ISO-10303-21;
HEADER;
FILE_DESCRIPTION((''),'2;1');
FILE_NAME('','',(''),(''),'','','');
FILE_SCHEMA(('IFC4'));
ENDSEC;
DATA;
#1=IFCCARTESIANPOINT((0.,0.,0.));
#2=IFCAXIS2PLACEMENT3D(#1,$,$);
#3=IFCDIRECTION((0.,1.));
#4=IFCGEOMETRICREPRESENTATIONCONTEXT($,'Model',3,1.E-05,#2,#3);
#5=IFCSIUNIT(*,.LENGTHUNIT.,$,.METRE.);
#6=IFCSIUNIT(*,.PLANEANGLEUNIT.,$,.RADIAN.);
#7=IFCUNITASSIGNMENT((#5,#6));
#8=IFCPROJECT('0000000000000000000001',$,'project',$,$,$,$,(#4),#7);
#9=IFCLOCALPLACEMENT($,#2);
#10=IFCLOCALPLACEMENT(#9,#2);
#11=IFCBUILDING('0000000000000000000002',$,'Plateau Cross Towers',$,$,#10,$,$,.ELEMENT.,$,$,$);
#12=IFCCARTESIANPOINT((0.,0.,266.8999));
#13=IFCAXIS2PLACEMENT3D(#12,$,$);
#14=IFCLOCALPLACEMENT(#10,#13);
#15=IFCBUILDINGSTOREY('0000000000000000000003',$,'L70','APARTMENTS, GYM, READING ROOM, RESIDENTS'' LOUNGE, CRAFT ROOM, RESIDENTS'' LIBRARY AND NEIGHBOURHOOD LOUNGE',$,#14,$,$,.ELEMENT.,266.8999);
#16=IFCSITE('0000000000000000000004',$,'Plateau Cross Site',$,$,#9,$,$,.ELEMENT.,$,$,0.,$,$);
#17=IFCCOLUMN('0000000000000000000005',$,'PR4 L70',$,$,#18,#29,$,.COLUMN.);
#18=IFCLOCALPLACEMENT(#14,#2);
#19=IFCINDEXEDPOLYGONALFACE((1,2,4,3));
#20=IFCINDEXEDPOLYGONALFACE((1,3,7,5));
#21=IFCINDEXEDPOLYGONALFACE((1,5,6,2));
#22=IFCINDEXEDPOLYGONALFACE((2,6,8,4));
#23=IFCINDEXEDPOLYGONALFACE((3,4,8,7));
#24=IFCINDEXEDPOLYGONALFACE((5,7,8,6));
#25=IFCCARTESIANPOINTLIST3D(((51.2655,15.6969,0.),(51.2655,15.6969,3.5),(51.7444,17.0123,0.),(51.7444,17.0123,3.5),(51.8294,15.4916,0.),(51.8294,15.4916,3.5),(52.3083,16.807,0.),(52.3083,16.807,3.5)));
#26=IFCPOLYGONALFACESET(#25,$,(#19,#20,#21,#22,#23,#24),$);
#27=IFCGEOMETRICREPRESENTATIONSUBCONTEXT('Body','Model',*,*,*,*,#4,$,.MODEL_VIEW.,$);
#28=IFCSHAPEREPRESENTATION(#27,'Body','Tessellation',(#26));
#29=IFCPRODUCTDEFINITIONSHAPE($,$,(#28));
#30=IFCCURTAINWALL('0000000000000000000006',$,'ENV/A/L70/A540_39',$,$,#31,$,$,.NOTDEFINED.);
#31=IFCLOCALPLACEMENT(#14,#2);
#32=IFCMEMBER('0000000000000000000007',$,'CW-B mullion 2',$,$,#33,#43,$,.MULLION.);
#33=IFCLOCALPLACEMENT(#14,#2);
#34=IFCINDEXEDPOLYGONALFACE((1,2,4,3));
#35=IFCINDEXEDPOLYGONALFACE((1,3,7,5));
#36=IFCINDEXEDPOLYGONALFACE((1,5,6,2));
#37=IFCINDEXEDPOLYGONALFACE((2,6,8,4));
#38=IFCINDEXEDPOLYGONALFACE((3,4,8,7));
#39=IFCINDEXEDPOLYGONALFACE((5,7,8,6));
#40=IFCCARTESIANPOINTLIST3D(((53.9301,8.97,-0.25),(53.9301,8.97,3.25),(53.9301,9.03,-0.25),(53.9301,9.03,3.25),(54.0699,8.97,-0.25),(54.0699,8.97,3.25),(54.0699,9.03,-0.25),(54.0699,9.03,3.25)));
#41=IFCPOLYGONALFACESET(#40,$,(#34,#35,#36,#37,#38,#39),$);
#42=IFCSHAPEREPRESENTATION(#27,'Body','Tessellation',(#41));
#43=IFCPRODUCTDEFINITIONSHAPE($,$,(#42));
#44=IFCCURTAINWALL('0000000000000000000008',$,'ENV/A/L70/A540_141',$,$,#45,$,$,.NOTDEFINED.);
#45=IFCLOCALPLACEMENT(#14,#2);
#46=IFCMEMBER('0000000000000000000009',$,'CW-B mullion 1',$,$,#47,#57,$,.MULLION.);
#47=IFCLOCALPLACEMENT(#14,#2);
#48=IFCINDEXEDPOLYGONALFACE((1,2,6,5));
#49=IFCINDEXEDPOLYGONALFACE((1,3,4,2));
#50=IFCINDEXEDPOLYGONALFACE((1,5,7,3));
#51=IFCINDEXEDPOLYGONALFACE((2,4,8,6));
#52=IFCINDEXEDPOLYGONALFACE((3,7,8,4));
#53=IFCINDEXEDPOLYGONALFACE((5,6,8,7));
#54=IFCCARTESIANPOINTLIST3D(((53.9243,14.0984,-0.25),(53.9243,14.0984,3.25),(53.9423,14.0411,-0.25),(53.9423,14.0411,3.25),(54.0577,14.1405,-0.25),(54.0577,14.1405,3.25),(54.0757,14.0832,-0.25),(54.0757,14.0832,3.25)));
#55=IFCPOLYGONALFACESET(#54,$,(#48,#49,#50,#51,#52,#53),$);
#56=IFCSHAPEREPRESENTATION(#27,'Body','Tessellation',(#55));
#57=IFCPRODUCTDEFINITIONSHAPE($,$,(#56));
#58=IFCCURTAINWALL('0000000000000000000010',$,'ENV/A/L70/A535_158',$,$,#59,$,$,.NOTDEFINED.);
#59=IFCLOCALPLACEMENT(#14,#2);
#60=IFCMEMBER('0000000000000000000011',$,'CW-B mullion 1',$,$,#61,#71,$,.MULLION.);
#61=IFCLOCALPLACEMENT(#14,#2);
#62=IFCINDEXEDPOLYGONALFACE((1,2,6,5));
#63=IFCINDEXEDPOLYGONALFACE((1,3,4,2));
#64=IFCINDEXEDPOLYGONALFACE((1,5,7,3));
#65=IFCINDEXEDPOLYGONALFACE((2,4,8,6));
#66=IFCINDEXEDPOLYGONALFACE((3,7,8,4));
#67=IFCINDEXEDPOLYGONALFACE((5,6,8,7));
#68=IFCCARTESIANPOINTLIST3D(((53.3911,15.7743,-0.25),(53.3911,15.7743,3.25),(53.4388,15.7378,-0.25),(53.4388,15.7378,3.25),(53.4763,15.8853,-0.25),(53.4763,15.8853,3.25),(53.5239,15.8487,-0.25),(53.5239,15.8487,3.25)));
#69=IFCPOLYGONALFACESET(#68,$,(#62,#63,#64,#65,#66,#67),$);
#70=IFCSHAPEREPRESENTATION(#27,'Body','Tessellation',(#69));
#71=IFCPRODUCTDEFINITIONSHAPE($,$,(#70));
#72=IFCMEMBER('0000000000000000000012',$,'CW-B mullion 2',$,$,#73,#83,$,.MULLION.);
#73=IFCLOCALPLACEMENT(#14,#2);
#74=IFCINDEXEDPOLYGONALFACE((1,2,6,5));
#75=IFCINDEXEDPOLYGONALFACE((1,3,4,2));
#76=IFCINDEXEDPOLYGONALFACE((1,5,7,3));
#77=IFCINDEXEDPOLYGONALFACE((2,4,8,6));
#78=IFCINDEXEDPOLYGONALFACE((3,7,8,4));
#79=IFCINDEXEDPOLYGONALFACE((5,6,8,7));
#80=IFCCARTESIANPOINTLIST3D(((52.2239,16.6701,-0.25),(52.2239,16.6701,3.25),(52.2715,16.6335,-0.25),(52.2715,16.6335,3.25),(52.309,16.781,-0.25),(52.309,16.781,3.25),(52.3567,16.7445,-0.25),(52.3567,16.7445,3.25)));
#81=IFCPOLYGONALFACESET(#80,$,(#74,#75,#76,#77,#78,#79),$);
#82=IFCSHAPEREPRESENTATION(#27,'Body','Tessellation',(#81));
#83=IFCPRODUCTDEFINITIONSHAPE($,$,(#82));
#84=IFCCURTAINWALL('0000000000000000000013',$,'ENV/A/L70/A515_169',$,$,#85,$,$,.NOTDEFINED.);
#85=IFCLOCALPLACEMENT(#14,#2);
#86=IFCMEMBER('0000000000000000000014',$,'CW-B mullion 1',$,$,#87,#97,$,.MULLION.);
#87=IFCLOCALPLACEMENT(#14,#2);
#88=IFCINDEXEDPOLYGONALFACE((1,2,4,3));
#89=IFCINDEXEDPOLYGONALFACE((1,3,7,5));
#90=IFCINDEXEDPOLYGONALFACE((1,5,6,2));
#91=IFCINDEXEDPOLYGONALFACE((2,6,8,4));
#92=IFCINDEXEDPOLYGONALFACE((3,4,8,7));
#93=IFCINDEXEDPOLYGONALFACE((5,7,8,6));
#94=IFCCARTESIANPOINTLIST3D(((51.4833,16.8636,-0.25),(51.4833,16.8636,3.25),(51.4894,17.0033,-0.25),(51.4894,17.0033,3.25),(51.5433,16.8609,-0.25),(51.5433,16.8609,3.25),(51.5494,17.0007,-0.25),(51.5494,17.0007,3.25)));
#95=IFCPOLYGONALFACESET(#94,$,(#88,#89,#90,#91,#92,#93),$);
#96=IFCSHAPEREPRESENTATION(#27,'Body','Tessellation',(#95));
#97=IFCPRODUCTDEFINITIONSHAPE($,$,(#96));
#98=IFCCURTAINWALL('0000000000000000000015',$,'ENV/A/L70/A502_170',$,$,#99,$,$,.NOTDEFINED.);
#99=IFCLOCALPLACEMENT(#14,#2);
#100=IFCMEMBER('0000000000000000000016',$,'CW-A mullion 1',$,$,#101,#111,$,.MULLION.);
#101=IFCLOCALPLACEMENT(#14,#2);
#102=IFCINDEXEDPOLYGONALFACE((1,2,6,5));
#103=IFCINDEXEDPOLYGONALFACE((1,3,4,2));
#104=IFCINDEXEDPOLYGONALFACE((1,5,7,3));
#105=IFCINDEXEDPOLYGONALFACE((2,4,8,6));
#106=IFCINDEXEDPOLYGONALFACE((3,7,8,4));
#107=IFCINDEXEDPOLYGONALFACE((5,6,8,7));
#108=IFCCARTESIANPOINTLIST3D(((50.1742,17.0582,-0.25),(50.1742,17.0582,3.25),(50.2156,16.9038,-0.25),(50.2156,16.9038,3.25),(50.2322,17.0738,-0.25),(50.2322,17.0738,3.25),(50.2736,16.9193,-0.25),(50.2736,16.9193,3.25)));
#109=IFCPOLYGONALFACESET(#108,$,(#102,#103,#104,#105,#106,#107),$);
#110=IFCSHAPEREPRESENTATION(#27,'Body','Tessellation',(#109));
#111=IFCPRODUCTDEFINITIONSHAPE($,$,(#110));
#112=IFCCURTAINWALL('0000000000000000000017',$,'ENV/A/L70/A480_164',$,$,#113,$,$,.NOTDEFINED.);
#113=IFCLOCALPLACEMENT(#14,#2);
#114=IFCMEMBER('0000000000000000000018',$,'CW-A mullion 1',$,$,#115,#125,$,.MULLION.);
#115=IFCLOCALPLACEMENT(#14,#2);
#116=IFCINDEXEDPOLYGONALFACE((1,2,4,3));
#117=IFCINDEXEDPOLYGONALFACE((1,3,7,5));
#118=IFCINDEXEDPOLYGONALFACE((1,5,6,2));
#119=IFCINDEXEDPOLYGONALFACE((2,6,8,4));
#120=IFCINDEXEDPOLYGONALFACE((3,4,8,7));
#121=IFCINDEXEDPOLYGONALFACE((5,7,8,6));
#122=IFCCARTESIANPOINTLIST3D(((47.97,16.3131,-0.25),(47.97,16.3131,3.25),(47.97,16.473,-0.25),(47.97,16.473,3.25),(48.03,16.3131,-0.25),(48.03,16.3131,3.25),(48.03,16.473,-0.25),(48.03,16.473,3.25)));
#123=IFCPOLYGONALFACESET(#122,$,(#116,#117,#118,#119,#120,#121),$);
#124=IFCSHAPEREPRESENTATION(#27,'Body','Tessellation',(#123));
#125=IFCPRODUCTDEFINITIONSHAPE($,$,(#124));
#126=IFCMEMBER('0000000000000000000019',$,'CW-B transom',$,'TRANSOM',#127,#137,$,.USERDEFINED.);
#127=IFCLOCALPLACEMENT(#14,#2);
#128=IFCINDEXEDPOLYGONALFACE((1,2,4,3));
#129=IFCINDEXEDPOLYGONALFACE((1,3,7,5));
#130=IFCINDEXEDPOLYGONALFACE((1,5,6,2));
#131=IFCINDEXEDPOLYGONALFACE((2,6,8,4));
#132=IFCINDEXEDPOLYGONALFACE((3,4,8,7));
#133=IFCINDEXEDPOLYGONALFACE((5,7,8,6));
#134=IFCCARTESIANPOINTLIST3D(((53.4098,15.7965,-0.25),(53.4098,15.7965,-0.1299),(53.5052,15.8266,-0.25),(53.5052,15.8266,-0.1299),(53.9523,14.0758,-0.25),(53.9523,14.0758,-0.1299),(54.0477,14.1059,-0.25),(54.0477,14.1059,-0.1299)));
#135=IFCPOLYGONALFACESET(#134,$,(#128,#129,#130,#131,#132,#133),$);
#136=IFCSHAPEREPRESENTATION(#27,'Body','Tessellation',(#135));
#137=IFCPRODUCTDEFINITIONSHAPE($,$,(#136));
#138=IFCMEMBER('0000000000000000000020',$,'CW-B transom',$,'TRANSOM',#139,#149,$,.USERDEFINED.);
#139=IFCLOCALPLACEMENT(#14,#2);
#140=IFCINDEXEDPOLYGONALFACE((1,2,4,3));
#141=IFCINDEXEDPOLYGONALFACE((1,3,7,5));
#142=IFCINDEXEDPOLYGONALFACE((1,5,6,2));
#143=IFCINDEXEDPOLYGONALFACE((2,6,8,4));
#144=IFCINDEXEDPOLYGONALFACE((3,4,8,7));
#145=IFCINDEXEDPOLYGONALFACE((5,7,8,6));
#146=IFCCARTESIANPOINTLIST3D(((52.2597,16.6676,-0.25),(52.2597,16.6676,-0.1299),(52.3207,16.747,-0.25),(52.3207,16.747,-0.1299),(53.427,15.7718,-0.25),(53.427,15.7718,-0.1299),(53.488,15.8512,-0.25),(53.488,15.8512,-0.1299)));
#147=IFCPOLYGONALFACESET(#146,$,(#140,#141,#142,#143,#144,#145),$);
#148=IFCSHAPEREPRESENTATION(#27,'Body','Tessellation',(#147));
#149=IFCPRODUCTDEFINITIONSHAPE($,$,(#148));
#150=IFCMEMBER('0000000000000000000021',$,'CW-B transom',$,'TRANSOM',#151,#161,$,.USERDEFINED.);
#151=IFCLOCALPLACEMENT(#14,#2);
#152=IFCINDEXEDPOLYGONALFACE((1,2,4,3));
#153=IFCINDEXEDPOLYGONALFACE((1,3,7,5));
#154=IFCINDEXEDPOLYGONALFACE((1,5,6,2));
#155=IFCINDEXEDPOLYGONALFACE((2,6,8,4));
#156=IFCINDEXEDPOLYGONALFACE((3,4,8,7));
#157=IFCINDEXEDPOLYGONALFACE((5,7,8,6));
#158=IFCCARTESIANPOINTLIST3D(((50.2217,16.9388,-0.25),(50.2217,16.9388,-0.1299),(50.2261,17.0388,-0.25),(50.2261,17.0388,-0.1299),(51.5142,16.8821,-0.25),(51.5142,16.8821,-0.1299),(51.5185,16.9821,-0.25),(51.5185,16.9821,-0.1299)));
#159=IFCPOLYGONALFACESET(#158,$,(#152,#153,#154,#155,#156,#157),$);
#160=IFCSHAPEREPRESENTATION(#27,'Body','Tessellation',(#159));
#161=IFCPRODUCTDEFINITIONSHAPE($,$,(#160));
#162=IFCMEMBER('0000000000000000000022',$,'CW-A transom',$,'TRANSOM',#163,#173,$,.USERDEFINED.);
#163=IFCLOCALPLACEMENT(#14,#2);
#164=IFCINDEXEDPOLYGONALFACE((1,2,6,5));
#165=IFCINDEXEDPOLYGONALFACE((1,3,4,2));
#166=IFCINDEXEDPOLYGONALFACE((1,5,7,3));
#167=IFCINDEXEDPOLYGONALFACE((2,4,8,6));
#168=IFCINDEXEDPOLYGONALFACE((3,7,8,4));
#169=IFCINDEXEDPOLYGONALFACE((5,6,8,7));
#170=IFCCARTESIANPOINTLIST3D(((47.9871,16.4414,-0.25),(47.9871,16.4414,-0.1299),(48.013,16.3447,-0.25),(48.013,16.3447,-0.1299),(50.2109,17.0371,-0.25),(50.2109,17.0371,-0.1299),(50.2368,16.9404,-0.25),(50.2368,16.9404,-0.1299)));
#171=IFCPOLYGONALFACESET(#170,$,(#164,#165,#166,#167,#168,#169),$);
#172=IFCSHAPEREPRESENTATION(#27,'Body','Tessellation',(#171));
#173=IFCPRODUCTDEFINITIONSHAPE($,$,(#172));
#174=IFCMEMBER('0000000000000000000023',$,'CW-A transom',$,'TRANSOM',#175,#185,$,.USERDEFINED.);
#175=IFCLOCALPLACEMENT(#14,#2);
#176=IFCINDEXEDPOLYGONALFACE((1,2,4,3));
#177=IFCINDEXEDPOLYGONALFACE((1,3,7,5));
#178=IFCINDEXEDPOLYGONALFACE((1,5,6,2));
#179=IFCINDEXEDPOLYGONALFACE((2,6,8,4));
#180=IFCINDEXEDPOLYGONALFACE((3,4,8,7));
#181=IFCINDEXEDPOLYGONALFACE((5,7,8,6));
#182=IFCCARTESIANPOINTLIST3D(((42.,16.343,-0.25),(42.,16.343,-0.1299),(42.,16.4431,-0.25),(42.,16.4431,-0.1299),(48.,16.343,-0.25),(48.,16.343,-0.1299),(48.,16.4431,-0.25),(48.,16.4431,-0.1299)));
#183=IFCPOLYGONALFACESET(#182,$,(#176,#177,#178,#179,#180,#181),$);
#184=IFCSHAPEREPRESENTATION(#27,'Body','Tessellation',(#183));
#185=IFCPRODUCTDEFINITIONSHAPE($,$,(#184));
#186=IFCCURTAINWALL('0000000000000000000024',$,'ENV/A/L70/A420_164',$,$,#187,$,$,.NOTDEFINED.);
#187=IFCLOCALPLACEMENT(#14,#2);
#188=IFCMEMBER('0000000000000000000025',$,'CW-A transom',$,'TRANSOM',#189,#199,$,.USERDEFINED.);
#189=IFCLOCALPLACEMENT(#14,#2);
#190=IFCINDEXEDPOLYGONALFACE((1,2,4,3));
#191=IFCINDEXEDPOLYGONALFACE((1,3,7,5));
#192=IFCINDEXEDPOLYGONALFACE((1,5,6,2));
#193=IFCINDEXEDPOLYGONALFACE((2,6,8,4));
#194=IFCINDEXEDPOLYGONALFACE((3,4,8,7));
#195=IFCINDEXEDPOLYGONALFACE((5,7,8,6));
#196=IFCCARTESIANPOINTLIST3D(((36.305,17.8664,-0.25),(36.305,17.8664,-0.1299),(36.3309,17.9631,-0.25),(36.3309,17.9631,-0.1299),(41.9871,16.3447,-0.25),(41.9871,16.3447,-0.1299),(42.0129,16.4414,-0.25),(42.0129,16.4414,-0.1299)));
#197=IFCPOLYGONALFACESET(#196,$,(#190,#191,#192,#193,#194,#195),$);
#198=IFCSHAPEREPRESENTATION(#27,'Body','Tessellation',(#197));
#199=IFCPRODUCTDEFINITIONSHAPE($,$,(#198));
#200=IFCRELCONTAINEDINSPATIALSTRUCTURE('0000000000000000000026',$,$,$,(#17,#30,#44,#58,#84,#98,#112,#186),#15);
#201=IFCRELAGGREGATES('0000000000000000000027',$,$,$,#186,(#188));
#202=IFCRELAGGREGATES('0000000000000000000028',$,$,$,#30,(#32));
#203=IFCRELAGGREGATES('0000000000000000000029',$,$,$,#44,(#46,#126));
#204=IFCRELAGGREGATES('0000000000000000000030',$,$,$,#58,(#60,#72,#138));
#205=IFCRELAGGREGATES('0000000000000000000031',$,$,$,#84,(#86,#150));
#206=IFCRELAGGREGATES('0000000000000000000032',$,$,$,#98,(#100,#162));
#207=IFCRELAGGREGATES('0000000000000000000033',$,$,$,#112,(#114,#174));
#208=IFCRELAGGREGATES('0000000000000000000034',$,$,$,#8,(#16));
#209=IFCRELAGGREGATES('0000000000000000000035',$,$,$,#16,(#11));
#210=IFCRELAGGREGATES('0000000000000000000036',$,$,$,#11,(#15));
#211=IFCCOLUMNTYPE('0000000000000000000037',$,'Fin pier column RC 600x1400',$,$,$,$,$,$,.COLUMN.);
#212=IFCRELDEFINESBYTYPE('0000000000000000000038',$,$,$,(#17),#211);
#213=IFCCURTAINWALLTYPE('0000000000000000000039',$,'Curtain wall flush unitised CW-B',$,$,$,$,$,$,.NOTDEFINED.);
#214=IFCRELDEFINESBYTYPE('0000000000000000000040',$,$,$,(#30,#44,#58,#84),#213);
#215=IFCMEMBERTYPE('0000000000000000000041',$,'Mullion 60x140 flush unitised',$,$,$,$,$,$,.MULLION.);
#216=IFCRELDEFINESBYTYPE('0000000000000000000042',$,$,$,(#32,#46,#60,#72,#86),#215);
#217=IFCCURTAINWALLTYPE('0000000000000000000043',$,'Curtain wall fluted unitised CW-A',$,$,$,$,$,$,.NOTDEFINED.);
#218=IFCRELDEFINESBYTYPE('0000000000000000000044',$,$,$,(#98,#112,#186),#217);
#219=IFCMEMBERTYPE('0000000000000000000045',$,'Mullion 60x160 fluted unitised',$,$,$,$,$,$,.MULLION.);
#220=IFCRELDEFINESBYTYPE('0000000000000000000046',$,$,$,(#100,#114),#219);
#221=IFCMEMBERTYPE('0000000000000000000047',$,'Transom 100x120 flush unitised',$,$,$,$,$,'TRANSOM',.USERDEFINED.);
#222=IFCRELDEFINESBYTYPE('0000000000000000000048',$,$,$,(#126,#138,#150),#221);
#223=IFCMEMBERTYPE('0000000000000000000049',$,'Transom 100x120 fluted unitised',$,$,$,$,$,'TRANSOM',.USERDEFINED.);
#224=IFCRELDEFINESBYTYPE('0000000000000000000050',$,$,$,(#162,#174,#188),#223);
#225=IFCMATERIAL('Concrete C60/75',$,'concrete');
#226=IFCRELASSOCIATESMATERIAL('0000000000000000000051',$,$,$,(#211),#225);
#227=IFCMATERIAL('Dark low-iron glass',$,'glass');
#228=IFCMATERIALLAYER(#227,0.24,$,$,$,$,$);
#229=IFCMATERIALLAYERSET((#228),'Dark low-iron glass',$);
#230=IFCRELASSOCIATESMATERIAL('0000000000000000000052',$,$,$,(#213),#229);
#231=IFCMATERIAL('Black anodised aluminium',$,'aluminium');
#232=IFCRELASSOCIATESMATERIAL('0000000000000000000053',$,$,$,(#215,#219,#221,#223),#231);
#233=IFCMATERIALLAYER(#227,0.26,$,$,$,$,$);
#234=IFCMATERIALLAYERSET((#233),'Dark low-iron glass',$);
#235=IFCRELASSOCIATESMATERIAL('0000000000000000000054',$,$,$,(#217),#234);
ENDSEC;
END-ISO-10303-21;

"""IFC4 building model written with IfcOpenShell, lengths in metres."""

from ifc_helpers import new_model, si_unit, direction, frame, origin, origin_2d, place, context, subcontext, project, spatial, rectangle, extrude, material, layer, layer_set, material_profile, profile_set, type_object, element, aggregate, save


model = new_model("IFC4")

# Units and contexts
model_context = context("Model", 3, precision=1e-05, world=origin(), true_north=direction((0.0, 1.0)))
body_context = subcontext(model_context, "Body", "Model", "MODEL_VIEW")
ifc_project = project(units=[si_unit("LENGTHUNIT", "METRE"), si_unit("PLANEANGLEUNIT", "RADIAN")], contexts=[model_context])

# Site, building, storey
site_placement = place(None, origin())
site = spatial("IfcSite", under=ifc_project, at=site_placement, Name="Plateau Cross Site", CompositionType="ELEMENT", RefElevation=0.0)
building_placement = place(site_placement, origin())
building = spatial("IfcBuilding", under=site, at=building_placement, Name="Plateau Cross Towers", CompositionType="ELEMENT")
storey_placement = place(building_placement, frame((0.0, 0.0, 266.8999)))
storey = spatial("IfcBuildingStorey", under=building, at=storey_placement, Name="L70", Description="APARTMENTS, GYM, READING ROOM, RESIDENTS' LOUNGE, CRAFT ROOM, RESIDENTS' LIBRARY AND NEIGHBOURHOOD LOUNGE", CompositionType="ELEMENT", Elevation=266.8999)

# Column
ifc_material_1 = material(Name="Concrete C60/75", Category="concrete")
ifc_material_profile_1 = material_profile(ifc_material_1, rectangle(XDim=0.6001, YDim=1.3999, at=origin_2d()), Name="RC 600x1400")
ifc_profile_set_1 = profile_set([ifc_material_profile_1], Name="Concrete C60/75")
column_type = type_object("IfcColumnType", Name="Fin pier column RC 600x1400", PredefinedType="COLUMN", material=ifc_profile_set_1)
column_placement = place(storey_placement, frame((51.7869, 16.252, 0.0), z_axis=(0.0, 0.0, 1.0), x_axis=(-0.939664, 0.342098, 0.0)))
element("IfcColumn", 1, at=column_placement, inside=storey, type_object=column_type, Name="PR4 L70", PredefinedType="COLUMN", context=body_context, shape_type="SweptSolid", body=[
    extrude(rectangle(XDim=0.6001, YDim=1.3999, at=origin_2d()), origin(), (0.0, 0.0, 1.0), 3.5),
])

# Curtain walls, members
ifc_material_2 = material(Name="Dark low-iron glass", Category="glass")
ifc_layer_1 = layer(ifc_material_2, 0.24)
ifc_layer_set_1 = layer_set([ifc_layer_1], Name="Dark low-iron glass")
curtain_wall_type_1 = type_object("IfcCurtainWallType", Name="Curtain wall flush unitised CW-B", PredefinedType="NOTDEFINED", material=ifc_layer_set_1)
curtain_wall_1_placement = place(storey_placement, origin())
curtain_wall_1 = element("IfcCurtainWall", 2, at=curtain_wall_1_placement, inside=storey, type_object=curtain_wall_type_1, Name="ENV/A/L70/A540_39", PredefinedType="NOTDEFINED")
ifc_material_3 = material(Name="Black anodised aluminium", Category="aluminium")
ifc_material_profile_2 = material_profile(ifc_material_3, rectangle(XDim=0.0601, YDim=0.1399, at=origin_2d()), Name="MULLION 60x140")
ifc_profile_set_2 = profile_set([ifc_material_profile_2], Name="Black anodised aluminium")
member_type_1 = type_object("IfcMemberType", Name="Mullion 60x140 flush unitised", PredefinedType="MULLION", material=ifc_profile_set_2)
member_1_placement = place(storey_placement, frame((54.0, 9.0, -0.25), z_axis=(0.0, 0.0, 1.0), x_axis=(0.0, 1.0, 0.0)))
member_1 = element("IfcMember", 3, at=member_1_placement, type_object=member_type_1, Name="CW-B mullion 2", PredefinedType="MULLION", context=body_context, shape_type="SweptSolid", body=[
    extrude(rectangle(XDim=0.0601, YDim=0.1399, at=origin_2d()), origin(), (0.0, 0.0, 1.0), 3.5),
])
curtain_wall_2_placement = place(storey_placement, origin())
curtain_wall_2 = element("IfcCurtainWall", 4, at=curtain_wall_2_placement, inside=storey, type_object=curtain_wall_type_1, Name="ENV/A/L70/A540_141", PredefinedType="NOTDEFINED")
member_2_placement = place(storey_placement, frame((54.0, 14.0908, -0.25), z_axis=(0.0, 0.0, 1.0), x_axis=(-0.300686, 0.953723, 0.0)))
member_2 = element("IfcMember", 5, at=member_2_placement, type_object=member_type_1, Name="CW-B mullion 1", PredefinedType="MULLION", context=body_context, shape_type="SweptSolid", body=[
    extrude(rectangle(XDim=0.0601, YDim=0.1399, at=origin_2d()), origin(), (0.0, 0.0, 1.0), 3.5),
])

# Curtain wall, members
curtain_wall_3_placement = place(storey_placement, origin())
curtain_wall_3 = element("IfcCurtainWall", 6, at=curtain_wall_3_placement, inside=storey, type_object=curtain_wall_type_1, Name="ENV/A/L70/A535_158", PredefinedType="NOTDEFINED")
member_3_placement = place(storey_placement, frame((53.4575, 15.8115, -0.25), z_axis=(0.0, 0.0, 1.0), x_axis=(-0.793316, 0.608811, 0.0)))
member_3 = element("IfcMember", 7, at=member_3_placement, type_object=member_type_1, Name="CW-B mullion 1", PredefinedType="MULLION", context=body_context, shape_type="SweptSolid", body=[
    extrude(rectangle(XDim=0.0601, YDim=0.1399, at=origin_2d()), origin(), (0.0, 0.0, 1.0), 3.5),
])
member_4_placement = place(storey_placement, frame((52.2903, 16.7073, -0.25), z_axis=(0.0, 0.0, 1.0), x_axis=(-0.793316, 0.608811, 0.0)))
member_4 = element("IfcMember", 8, at=member_4_placement, type_object=member_type_1, Name="CW-B mullion 2", PredefinedType="MULLION", context=body_context, shape_type="SweptSolid", body=[
    extrude(rectangle(XDim=0.0601, YDim=0.1399, at=origin_2d()), origin(), (0.0, 0.0, 1.0), 3.5),
])

# Curtain walls, members
curtain_wall_4_placement = place(storey_placement, origin())
curtain_wall_4 = element("IfcCurtainWall", 9, at=curtain_wall_4_placement, inside=storey, type_object=curtain_wall_type_1, Name="ENV/A/L70/A515_169", PredefinedType="NOTDEFINED")
member_5_placement = place(storey_placement, frame((51.5164, 16.9321, -0.25), z_axis=(0.0, 0.0, 1.0), x_axis=(-0.999044, 0.043723, 0.0)))
member_5 = element("IfcMember", 10, at=member_5_placement, type_object=member_type_1, Name="CW-B mullion 1", PredefinedType="MULLION", context=body_context, shape_type="SweptSolid", body=[
    extrude(rectangle(XDim=0.0601, YDim=0.1399, at=origin_2d()), origin(), (0.0, 0.0, 1.0), 3.5),
])
ifc_layer_2 = layer(ifc_material_2, 0.26)
ifc_layer_set_2 = layer_set([ifc_layer_2], Name="Dark low-iron glass")
curtain_wall_type_2 = type_object("IfcCurtainWallType", Name="Curtain wall fluted unitised CW-A", PredefinedType="NOTDEFINED", material=ifc_layer_set_2)
curtain_wall_5_placement = place(storey_placement, origin())
curtain_wall_5 = element("IfcCurtainWall", 11, at=curtain_wall_5_placement, inside=storey, type_object=curtain_wall_type_2, Name="ENV/A/L70/A502_170", PredefinedType="NOTDEFINED")
ifc_material_profile_3 = material_profile(ifc_material_3, rectangle(XDim=0.0601, YDim=0.1599, at=origin_2d()), Name="MULLION 60x160")
ifc_profile_set_3 = profile_set([ifc_material_profile_3], Name="Black anodised aluminium")
member_type_2 = type_object("IfcMemberType", Name="Mullion 60x160 fluted unitised", PredefinedType="MULLION", material=ifc_profile_set_3)
member_6_placement = place(storey_placement, frame((50.2239, 16.9888, -0.25), z_axis=(0.0, 0.0, 1.0), x_axis=(-0.965958, -0.258699, 0.0)))
member_6 = element("IfcMember", 12, at=member_6_placement, type_object=member_type_2, Name="CW-A mullion 1", PredefinedType="MULLION", context=body_context, shape_type="SweptSolid", body=[
    extrude(rectangle(XDim=0.0601, YDim=0.1599, at=origin_2d()), origin(), (0.0, 0.0, 1.0), 3.5),
])
curtain_wall_6_placement = place(storey_placement, origin())
curtain_wall_6 = element("IfcCurtainWall", 13, at=curtain_wall_6_placement, inside=storey, type_object=curtain_wall_type_2, Name="ENV/A/L70/A480_164", PredefinedType="NOTDEFINED")
member_7_placement = place(storey_placement, frame((48.0, 16.3931, -0.25), z_axis=(0.0, 0.0, 1.0), x_axis=(-1.0, 0.0, 0.0)))
member_7 = element("IfcMember", 14, at=member_7_placement, type_object=member_type_2, Name="CW-A mullion 1", PredefinedType="MULLION", context=body_context, shape_type="SweptSolid", body=[
    extrude(rectangle(XDim=0.0601, YDim=0.1599, at=origin_2d()), origin(), (0.0, 0.0, 1.0), 3.5),
])

# Members
ifc_material_profile_4 = material_profile(ifc_material_3, rectangle(XDim=0.1001, YDim=0.1201, at=origin_2d()), Name="TRANSOM 100x120")
ifc_profile_set_4 = profile_set([ifc_material_profile_4], Name="Black anodised aluminium")
member_type_3 = type_object("IfcMemberType", Name="Transom 100x120 flush unitised", ElementType="TRANSOM", PredefinedType="USERDEFINED", material=ifc_profile_set_4)
member_8_placement = place(storey_placement, frame((54.0, 14.0908, -0.1899), z_axis=(-0.300678, 0.953726, 0.0), x_axis=(-0.953726, -0.300678, 0.0)))
member_8 = element("IfcMember", 15, at=member_8_placement, type_object=member_type_3, Name="CW-B transom", ObjectType="TRANSOM", PredefinedType="USERDEFINED", context=body_context, shape_type="SweptSolid", body=[
    extrude(rectangle(XDim=0.1001, YDim=0.1201, at=origin_2d()), origin(), (0.0, 0.0, 1.0), 1.8042),
])
member_9_placement = place(storey_placement, frame((53.4575, 15.8115, -0.1899), z_axis=(-0.793321, 0.608804, 0.0), x_axis=(-0.608804, -0.793321, 0.0)))
member_9 = element("IfcMember", 16, at=member_9_placement, type_object=member_type_3, Name="CW-B transom", ObjectType="TRANSOM", PredefinedType="USERDEFINED", context=body_context, shape_type="SweptSolid", body=[
    extrude(rectangle(XDim=0.1001, YDim=0.1201, at=origin_2d()), origin(), (0.0, 0.0, 1.0), 1.4714),
])
member_10_placement = place(storey_placement, frame((51.5164, 16.9321, -0.1899), z_axis=(-0.999041, 0.043781, 0.0), x_axis=(-0.043781, -0.999041, 0.0)))
member_10 = element("IfcMember", 17, at=member_10_placement, type_object=member_type_3, Name="CW-B transom", ObjectType="TRANSOM", PredefinedType="USERDEFINED", context=body_context, shape_type="SweptSolid", body=[
    extrude(rectangle(XDim=0.1001, YDim=0.1201, at=origin_2d()), origin(), (0.0, 0.0, 1.0), 1.2937),
])
ifc_material_profile_5 = material_profile(ifc_material_3, rectangle(XDim=0.1001, YDim=0.1201, at=origin_2d()), Name="TRANSOM 100x120")
ifc_profile_set_5 = profile_set([ifc_material_profile_5], Name="Black anodised aluminium")
member_type_4 = type_object("IfcMemberType", Name="Transom 100x120 fluted unitised", ElementType="TRANSOM", PredefinedType="USERDEFINED", material=ifc_profile_set_5)
member_11_placement = place(storey_placement, frame((50.2239, 16.9888, -0.1899), z_axis=(-0.965946, -0.258745, 0.0), x_axis=(0.258745, -0.965946, 0.0)))
member_11 = element("IfcMember", 18, at=member_11_placement, type_object=member_type_4, Name="CW-A transom", ObjectType="TRANSOM", PredefinedType="USERDEFINED", context=body_context, shape_type="SweptSolid", body=[
    extrude(rectangle(XDim=0.1001, YDim=0.1201, at=origin_2d()), origin(), (0.0, 0.0, 1.0), 2.3022),
])
member_12_placement = place(storey_placement, frame((48.0, 16.3931, -0.1899), z_axis=(-1.0, 0.0, 0.0), x_axis=(0.0, -1.0, 0.0)))
member_12 = element("IfcMember", 19, at=member_12_placement, type_object=member_type_4, Name="CW-A transom", ObjectType="TRANSOM", PredefinedType="USERDEFINED", context=body_context, shape_type="SweptSolid", body=[
    extrude(rectangle(XDim=0.1001, YDim=0.1201, at=origin_2d()), origin(), (0.0, 0.0, 1.0), 6.0),
])

# Curtain wall, member
curtain_wall_7_placement = place(storey_placement, origin())
curtain_wall_7 = element("IfcCurtainWall", 20, at=curtain_wall_7_placement, inside=storey, type_object=curtain_wall_type_2, Name="ENV/A/L70/A420_164", PredefinedType="NOTDEFINED")
member_13_placement = place(storey_placement, frame((42.0, 16.3931, -0.1899), z_axis=(-0.96596, 0.258693, 0.0), x_axis=(-0.258693, -0.96596, 0.0)))
member_13 = element("IfcMember", 21, at=member_13_placement, type_object=member_type_4, Name="CW-A transom", ObjectType="TRANSOM", PredefinedType="USERDEFINED", context=body_context, shape_type="SweptSolid", body=[
    extrude(rectangle(XDim=0.1001, YDim=0.1201, at=origin_2d()), origin(), (0.0, 0.0, 1.0), 5.8823),
])
aggregate(curtain_wall_7, [member_13])

aggregate(curtain_wall_1, [member_1])
aggregate(curtain_wall_2, [member_2, member_8])
aggregate(curtain_wall_3, [member_3, member_4, member_9])
aggregate(curtain_wall_4, [member_5, member_10])
aggregate(curtain_wall_5, [member_6, member_11])
aggregate(curtain_wall_6, [member_7, member_12])

save(model, "model.ifc")
